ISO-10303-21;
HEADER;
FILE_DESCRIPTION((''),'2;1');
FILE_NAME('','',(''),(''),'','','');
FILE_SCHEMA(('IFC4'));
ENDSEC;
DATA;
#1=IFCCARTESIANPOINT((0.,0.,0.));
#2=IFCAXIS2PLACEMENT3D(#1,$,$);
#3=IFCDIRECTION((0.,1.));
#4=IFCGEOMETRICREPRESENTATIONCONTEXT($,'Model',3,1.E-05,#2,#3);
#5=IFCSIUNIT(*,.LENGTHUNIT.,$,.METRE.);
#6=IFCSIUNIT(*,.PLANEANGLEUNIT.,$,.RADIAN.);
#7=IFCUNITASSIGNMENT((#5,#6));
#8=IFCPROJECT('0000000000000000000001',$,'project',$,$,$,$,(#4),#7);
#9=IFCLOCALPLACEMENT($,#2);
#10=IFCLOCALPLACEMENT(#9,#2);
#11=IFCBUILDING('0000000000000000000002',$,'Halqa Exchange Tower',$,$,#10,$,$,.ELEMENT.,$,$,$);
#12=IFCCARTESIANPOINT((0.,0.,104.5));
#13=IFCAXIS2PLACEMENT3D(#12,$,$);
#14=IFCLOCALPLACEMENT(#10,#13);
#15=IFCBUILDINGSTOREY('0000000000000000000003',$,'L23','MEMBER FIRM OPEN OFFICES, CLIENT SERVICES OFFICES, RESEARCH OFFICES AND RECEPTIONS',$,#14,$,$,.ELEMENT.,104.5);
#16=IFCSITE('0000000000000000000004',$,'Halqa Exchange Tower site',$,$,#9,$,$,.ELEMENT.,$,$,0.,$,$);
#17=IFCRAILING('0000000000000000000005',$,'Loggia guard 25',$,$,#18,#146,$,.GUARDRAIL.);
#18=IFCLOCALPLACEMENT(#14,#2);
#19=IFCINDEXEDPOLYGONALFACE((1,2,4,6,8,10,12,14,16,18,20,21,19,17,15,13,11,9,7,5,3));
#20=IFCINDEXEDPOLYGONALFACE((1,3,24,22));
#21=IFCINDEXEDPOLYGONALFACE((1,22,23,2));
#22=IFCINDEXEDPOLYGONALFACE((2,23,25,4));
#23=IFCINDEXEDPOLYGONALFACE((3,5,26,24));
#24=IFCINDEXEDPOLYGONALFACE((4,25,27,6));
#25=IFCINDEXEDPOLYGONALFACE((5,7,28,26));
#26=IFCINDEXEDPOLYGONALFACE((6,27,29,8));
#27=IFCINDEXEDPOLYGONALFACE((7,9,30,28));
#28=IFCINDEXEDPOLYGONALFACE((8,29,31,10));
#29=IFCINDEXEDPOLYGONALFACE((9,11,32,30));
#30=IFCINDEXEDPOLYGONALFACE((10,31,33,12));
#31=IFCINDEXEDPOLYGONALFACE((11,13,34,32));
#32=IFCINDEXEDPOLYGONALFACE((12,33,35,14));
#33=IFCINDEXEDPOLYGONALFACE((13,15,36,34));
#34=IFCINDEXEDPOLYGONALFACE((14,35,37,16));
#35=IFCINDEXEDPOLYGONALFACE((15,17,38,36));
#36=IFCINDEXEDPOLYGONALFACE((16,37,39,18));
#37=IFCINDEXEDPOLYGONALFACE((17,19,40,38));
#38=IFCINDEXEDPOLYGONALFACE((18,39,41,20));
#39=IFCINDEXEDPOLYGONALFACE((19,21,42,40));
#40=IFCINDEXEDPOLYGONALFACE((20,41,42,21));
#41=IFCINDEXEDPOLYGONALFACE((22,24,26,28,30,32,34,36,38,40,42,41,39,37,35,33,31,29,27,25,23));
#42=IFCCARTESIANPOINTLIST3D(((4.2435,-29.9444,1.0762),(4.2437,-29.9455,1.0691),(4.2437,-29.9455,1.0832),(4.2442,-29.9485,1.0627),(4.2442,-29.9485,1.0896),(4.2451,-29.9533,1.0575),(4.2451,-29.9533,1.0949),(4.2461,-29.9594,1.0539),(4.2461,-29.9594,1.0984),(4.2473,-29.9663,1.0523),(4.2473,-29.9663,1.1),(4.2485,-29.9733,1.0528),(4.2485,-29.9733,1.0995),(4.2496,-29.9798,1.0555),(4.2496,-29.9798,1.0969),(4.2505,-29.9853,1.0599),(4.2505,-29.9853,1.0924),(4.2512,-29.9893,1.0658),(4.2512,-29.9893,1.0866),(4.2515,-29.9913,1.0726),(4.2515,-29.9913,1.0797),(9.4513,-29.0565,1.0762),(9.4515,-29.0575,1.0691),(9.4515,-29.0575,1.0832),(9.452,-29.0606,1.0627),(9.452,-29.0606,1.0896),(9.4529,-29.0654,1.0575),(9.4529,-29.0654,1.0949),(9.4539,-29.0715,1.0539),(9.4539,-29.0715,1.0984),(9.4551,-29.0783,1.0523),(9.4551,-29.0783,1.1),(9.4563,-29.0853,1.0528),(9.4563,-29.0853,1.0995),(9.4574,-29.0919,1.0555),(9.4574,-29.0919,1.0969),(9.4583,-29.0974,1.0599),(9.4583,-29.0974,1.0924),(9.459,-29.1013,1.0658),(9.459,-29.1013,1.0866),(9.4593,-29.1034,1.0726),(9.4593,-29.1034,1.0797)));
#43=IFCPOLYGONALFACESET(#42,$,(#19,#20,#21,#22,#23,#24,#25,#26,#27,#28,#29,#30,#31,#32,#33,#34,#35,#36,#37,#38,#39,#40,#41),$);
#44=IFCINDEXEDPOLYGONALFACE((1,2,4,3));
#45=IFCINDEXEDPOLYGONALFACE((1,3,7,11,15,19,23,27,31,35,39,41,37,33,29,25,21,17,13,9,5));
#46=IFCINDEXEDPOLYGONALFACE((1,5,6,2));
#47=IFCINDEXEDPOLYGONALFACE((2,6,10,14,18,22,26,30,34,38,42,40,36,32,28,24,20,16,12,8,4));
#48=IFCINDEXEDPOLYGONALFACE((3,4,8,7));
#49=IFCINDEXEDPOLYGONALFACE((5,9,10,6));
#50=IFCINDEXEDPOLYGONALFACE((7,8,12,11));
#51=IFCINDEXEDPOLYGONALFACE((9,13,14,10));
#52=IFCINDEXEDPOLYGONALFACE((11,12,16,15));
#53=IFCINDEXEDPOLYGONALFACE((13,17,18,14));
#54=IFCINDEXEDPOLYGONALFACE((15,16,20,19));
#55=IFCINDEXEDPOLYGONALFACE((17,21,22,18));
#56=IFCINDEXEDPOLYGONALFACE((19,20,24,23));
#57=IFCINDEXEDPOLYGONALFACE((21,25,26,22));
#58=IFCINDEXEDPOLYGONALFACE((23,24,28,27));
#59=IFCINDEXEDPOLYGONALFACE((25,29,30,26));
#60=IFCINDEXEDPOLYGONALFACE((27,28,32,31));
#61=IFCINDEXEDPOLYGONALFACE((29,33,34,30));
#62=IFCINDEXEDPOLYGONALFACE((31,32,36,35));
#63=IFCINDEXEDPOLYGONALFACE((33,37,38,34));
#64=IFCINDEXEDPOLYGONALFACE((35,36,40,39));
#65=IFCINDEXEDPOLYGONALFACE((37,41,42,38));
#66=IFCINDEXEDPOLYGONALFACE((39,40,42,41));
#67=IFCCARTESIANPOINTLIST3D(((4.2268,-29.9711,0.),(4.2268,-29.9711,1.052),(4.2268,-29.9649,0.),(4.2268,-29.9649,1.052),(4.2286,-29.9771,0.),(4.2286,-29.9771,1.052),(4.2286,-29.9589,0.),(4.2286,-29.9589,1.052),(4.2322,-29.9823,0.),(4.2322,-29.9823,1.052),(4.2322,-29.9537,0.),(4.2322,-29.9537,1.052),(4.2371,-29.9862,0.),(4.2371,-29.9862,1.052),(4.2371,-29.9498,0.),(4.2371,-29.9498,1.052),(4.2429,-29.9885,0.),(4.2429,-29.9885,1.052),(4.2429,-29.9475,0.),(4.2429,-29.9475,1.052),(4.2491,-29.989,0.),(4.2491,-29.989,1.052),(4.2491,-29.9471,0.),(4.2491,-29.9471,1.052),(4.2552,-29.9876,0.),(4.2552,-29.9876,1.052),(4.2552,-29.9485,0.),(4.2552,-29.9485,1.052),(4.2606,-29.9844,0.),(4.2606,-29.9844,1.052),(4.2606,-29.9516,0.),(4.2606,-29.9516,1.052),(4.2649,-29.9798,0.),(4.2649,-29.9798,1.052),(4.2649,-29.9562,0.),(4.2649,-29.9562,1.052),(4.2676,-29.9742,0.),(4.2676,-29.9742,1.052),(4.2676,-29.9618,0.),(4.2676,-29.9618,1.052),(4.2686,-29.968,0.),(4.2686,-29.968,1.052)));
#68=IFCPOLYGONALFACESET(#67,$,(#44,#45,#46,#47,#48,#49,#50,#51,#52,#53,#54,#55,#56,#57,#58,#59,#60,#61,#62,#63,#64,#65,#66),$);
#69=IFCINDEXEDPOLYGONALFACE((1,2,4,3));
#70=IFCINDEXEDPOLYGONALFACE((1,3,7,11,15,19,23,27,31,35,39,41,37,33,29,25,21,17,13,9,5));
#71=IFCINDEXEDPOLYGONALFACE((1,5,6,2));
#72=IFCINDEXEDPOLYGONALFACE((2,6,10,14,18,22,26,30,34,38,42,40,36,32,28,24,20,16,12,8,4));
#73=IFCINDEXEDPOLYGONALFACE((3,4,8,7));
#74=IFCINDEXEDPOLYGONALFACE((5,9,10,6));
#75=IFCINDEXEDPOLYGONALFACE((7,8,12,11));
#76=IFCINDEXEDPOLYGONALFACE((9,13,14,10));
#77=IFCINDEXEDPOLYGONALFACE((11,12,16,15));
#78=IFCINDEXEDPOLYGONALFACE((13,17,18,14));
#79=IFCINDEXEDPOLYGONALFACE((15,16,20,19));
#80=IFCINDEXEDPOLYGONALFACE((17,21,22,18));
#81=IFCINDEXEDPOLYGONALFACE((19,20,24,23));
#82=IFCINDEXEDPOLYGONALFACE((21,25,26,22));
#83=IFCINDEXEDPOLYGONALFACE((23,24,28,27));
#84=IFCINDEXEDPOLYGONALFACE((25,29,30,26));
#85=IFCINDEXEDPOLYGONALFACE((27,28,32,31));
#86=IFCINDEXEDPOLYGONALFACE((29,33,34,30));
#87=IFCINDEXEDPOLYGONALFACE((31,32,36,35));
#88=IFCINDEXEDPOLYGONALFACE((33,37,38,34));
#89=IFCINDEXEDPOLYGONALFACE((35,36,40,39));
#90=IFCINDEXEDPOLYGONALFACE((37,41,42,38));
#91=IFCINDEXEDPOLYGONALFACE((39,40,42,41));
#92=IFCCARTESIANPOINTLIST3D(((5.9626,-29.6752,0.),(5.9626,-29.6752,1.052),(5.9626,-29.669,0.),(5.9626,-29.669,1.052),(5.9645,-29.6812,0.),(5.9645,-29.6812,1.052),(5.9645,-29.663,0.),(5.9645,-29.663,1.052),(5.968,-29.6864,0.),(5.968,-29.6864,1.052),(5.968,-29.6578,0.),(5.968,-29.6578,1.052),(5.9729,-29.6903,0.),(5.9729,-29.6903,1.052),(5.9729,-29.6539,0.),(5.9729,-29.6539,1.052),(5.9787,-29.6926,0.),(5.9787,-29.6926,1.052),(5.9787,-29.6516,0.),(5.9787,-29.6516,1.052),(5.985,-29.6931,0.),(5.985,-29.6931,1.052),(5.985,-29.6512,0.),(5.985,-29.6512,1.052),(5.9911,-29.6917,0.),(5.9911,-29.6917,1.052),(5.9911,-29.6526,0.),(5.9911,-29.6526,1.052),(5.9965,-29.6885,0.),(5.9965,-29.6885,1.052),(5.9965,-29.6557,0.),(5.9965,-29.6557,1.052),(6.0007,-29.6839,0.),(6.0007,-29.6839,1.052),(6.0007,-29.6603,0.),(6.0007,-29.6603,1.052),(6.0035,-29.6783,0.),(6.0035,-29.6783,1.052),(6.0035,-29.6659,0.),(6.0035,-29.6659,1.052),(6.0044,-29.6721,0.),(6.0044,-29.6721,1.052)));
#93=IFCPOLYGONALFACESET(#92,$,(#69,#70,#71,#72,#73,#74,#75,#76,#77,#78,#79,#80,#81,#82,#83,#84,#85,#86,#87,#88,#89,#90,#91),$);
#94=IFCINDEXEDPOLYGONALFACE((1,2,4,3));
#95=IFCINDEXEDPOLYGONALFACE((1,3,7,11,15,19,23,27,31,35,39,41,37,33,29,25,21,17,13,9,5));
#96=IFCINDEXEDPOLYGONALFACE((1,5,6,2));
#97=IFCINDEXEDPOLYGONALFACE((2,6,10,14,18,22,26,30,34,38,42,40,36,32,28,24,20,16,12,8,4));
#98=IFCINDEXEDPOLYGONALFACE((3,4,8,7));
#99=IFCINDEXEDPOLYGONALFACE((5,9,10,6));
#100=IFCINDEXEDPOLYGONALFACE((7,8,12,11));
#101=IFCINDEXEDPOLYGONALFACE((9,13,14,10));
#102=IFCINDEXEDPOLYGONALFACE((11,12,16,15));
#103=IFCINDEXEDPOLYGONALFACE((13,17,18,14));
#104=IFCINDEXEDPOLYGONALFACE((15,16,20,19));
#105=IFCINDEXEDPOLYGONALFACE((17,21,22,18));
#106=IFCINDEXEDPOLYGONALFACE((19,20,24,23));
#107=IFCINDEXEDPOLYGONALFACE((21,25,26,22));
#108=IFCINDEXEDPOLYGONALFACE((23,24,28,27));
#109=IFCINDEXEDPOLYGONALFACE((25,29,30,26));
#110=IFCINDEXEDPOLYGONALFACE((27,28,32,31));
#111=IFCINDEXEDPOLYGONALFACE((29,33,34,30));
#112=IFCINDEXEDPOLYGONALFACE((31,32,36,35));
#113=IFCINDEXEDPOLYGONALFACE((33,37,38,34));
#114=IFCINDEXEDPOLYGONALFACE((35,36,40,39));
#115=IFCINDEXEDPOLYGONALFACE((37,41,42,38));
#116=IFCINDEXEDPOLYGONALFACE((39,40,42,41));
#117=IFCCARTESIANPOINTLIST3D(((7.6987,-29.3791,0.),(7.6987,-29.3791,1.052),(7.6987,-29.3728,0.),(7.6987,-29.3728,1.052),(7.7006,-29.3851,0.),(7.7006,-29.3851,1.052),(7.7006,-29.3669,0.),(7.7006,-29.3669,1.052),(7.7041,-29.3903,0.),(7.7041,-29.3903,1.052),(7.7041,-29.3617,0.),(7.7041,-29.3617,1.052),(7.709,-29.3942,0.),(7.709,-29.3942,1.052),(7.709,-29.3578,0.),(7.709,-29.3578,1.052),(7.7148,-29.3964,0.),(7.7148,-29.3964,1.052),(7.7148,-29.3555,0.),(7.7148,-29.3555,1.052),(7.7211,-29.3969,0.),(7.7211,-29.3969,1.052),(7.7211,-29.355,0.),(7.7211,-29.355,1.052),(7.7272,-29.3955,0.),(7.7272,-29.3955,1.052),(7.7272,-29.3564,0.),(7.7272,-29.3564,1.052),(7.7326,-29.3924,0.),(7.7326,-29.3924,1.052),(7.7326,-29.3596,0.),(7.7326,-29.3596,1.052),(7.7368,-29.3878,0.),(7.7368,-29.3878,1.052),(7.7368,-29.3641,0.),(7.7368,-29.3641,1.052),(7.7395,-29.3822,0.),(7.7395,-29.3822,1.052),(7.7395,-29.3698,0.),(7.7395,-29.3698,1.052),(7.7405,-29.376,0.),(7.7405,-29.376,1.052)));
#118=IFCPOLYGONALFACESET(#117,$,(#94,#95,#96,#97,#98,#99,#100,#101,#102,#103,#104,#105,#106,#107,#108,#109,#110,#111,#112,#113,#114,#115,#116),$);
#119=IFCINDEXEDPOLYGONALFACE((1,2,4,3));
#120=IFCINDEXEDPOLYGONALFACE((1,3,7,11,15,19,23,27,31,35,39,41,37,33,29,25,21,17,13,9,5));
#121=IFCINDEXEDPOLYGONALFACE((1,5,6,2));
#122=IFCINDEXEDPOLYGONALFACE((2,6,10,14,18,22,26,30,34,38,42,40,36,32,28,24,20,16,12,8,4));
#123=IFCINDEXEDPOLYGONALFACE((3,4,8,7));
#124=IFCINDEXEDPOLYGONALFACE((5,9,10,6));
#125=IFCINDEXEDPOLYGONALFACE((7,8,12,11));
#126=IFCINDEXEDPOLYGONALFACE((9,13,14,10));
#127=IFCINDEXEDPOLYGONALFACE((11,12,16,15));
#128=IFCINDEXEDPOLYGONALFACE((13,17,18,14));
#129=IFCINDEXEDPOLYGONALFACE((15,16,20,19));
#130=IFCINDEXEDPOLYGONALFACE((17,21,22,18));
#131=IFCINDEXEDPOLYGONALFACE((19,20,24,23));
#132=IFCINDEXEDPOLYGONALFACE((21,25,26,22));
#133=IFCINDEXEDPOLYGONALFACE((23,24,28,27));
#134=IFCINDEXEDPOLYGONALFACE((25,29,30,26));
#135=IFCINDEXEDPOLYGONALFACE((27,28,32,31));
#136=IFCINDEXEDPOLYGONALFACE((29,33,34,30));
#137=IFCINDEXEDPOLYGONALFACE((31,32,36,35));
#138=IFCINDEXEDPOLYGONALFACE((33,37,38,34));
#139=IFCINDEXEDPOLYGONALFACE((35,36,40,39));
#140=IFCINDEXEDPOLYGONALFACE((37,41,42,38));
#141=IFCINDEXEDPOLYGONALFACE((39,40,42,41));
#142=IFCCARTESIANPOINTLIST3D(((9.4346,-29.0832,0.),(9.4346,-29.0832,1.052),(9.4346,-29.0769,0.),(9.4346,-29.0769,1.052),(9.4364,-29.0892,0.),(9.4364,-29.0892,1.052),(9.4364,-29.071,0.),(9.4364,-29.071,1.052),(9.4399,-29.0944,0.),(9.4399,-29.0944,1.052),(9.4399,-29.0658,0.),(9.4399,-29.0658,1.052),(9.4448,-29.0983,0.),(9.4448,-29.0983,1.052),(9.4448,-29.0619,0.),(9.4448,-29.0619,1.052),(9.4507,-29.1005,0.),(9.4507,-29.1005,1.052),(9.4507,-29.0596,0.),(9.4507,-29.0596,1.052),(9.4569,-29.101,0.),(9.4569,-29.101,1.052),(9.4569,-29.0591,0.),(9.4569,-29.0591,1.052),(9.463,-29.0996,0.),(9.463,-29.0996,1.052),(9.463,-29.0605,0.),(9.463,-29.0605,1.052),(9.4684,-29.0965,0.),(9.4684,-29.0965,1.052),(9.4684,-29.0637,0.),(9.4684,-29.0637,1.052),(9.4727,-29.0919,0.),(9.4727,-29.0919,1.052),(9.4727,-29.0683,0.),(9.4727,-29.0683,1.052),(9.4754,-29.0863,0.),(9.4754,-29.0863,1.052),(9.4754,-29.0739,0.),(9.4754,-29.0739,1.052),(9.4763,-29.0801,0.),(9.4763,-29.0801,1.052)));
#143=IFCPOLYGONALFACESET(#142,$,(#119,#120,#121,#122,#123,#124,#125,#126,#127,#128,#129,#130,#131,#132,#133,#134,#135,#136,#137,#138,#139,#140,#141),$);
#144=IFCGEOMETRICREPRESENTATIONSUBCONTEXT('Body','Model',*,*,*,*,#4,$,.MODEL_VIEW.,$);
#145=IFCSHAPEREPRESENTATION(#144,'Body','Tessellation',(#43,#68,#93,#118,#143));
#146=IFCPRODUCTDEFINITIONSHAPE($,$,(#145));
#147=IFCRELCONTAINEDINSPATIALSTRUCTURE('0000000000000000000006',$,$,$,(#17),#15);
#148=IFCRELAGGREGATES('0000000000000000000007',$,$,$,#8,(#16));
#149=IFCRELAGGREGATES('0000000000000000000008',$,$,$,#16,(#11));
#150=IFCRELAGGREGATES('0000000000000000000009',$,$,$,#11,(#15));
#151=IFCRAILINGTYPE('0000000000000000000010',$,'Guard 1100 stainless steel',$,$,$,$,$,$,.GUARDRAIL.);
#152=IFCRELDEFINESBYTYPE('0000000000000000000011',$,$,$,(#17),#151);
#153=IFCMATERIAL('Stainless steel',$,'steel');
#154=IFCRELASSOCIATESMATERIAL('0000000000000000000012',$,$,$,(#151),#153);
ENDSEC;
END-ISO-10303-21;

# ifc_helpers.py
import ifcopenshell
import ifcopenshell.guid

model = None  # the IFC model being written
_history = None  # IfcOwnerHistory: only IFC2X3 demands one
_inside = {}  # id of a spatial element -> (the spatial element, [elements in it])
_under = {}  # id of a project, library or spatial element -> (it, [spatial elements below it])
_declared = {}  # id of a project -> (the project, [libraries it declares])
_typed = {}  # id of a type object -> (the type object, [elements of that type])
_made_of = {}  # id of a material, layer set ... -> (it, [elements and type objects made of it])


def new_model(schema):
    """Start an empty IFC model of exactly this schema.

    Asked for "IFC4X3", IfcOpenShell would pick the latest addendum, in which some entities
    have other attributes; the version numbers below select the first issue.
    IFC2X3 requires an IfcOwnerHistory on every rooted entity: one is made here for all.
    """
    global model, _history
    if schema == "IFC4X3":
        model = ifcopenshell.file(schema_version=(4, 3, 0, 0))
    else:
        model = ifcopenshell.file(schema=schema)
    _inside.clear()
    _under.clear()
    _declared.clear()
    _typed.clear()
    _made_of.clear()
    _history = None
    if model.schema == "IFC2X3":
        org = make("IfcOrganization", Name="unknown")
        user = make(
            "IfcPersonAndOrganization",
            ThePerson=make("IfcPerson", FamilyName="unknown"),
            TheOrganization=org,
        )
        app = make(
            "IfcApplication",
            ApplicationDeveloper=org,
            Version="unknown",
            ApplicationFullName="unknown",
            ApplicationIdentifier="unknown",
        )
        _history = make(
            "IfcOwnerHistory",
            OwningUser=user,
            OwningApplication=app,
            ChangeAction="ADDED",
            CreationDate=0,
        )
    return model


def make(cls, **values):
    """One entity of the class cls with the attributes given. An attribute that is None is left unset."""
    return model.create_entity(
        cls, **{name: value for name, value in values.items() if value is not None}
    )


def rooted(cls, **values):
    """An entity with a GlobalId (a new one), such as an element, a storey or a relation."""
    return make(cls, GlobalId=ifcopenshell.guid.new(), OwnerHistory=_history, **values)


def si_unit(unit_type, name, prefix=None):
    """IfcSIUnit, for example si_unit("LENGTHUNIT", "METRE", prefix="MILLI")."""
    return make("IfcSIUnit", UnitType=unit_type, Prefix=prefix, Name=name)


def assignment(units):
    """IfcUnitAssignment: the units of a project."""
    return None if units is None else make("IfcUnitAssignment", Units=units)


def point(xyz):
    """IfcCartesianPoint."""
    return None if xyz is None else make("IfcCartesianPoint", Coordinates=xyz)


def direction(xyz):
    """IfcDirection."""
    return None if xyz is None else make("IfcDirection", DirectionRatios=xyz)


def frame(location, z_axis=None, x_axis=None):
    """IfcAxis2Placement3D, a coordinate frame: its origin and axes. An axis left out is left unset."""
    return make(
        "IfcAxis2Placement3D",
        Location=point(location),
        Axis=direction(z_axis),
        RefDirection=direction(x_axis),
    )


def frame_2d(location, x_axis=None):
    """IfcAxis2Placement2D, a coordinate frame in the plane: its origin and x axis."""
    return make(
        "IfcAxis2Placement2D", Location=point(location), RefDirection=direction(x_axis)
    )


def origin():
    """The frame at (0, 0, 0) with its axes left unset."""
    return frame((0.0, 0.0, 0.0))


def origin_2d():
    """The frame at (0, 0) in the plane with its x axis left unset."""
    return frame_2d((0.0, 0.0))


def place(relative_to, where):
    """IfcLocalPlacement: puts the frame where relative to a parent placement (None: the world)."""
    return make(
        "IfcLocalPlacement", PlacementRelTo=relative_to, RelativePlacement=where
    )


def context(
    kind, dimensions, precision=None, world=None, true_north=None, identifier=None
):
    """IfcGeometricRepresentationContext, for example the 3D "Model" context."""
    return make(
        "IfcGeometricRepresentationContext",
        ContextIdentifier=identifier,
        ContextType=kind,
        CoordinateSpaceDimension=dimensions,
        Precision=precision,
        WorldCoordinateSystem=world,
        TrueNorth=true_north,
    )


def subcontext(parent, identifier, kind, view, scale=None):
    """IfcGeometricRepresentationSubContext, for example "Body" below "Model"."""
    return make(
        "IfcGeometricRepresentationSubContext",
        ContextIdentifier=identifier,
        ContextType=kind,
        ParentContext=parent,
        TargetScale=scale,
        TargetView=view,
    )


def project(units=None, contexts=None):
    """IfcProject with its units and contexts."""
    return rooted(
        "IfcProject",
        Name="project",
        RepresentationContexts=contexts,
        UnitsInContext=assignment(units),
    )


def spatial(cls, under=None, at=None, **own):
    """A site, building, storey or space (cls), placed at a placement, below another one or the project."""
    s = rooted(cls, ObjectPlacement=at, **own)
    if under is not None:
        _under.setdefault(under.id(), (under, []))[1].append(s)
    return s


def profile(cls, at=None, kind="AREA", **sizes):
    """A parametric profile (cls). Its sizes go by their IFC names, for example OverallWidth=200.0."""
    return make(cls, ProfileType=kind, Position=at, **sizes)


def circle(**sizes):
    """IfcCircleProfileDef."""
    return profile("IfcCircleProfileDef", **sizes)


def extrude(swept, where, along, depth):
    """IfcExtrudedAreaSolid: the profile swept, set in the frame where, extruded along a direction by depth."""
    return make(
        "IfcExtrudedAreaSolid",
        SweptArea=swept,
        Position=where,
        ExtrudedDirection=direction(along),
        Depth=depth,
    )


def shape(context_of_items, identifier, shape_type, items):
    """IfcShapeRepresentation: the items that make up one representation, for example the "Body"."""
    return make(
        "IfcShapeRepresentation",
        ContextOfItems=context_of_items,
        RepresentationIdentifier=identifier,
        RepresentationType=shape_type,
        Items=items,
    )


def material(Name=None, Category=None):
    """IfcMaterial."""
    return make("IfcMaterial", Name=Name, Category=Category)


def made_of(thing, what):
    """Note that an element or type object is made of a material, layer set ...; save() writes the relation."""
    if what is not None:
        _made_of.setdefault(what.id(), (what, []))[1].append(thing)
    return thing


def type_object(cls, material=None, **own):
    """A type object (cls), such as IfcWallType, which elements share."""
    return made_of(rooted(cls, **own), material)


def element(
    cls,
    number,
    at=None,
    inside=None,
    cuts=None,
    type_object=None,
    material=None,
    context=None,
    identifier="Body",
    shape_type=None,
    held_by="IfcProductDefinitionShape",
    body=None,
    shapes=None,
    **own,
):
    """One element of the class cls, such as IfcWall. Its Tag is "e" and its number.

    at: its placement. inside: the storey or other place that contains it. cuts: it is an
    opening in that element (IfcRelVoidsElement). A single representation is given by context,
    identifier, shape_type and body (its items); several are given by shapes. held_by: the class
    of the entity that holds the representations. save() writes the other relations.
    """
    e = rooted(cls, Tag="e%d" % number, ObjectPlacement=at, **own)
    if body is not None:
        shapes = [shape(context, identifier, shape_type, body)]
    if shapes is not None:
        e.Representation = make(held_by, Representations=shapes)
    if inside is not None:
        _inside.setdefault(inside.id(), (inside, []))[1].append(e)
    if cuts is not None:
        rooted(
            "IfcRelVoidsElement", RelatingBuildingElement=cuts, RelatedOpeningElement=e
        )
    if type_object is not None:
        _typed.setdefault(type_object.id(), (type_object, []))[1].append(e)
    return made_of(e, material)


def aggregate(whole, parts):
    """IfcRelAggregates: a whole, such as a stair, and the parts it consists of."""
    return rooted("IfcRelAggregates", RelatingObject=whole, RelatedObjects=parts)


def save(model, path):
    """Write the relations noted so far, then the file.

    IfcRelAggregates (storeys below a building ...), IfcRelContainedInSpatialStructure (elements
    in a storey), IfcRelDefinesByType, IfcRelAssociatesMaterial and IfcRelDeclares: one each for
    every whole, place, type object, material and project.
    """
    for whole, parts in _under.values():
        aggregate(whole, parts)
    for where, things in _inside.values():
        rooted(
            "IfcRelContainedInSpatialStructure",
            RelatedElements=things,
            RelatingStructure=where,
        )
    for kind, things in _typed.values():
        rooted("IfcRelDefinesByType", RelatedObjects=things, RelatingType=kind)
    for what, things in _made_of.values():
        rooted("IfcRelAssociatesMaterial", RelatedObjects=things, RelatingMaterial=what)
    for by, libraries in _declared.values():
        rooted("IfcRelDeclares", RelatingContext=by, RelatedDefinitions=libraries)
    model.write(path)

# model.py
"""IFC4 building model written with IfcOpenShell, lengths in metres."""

from ifc_helpers import new_model, si_unit, direction, frame, origin, origin_2d, place, context, subcontext, project, spatial, circle, extrude, material, type_object, element, save


model = new_model("IFC4")

# Units and contexts
model_context = context("Model", 3, precision=1e-05, world=origin(), true_north=direction((0.0, 1.0)))
body_context = subcontext(model_context, "Body", "Model", "MODEL_VIEW")
ifc_project = project(units=[si_unit("LENGTHUNIT", "METRE"), si_unit("PLANEANGLEUNIT", "RADIAN")], contexts=[model_context])

# Site, building, storey
site_placement = place(None, origin())
site = spatial("IfcSite", under=ifc_project, at=site_placement, Name="Halqa Exchange Tower site", CompositionType="ELEMENT", RefElevation=0.0)
building_placement = place(site_placement, origin())
building = spatial("IfcBuilding", under=site, at=building_placement, Name="Halqa Exchange Tower", CompositionType="ELEMENT")
storey_placement = place(building_placement, frame((0.0, 0.0, 104.5)))
storey = spatial("IfcBuildingStorey", under=building, at=storey_placement, Name="L23", Description="MEMBER FIRM OPEN OFFICES, CLIENT SERVICES OFFICES, RESEARCH OFFICES AND RECEPTIONS", CompositionType="ELEMENT", Elevation=104.5)

# Railing
ifc_material_1 = material(Name="Stainless steel", Category="steel")
railing_type = type_object("IfcRailingType", Name="Guard 1100 stainless steel", PredefinedType="GUARDRAIL", material=ifc_material_1)
railing_1_placement = place(storey_placement, frame((4.2476, -29.968, 0.0)))
element("IfcRailing", 1, at=railing_1_placement, inside=storey, type_object=railing_type, Name="Loggia guard 25", PredefinedType="GUARDRAIL", context=body_context, shape_type="SweptSolid", body=[
    extrude(circle(Radius=0.0239, at=origin_2d()), frame((0.0, 0.0, 1.0762), z_axis=(0.985774, 0.168077, 0.0), x_axis=(-0.168077, 0.985774, 0.0)), (0.0, 0.0, 1.0), 5.283),
    extrude(circle(Radius=0.021, at=origin_2d()), origin(), (0.0, 0.0, 1.0), 1.052),
    extrude(circle(Radius=0.021, at=origin_2d()), frame((1.7358, 0.2959, 0.0)), (0.0, 0.0, 1.0), 1.052),
    extrude(circle(Radius=0.021, at=origin_2d()), frame((3.4719, 0.592, 0.0)), (0.0, 0.0, 1.0), 1.052),
    extrude(circle(Radius=0.021, at=origin_2d()), frame((5.2078, 0.8879, 0.0)), (0.0, 0.0, 1.0), 1.052),
])

save(model, "model.ifc")
